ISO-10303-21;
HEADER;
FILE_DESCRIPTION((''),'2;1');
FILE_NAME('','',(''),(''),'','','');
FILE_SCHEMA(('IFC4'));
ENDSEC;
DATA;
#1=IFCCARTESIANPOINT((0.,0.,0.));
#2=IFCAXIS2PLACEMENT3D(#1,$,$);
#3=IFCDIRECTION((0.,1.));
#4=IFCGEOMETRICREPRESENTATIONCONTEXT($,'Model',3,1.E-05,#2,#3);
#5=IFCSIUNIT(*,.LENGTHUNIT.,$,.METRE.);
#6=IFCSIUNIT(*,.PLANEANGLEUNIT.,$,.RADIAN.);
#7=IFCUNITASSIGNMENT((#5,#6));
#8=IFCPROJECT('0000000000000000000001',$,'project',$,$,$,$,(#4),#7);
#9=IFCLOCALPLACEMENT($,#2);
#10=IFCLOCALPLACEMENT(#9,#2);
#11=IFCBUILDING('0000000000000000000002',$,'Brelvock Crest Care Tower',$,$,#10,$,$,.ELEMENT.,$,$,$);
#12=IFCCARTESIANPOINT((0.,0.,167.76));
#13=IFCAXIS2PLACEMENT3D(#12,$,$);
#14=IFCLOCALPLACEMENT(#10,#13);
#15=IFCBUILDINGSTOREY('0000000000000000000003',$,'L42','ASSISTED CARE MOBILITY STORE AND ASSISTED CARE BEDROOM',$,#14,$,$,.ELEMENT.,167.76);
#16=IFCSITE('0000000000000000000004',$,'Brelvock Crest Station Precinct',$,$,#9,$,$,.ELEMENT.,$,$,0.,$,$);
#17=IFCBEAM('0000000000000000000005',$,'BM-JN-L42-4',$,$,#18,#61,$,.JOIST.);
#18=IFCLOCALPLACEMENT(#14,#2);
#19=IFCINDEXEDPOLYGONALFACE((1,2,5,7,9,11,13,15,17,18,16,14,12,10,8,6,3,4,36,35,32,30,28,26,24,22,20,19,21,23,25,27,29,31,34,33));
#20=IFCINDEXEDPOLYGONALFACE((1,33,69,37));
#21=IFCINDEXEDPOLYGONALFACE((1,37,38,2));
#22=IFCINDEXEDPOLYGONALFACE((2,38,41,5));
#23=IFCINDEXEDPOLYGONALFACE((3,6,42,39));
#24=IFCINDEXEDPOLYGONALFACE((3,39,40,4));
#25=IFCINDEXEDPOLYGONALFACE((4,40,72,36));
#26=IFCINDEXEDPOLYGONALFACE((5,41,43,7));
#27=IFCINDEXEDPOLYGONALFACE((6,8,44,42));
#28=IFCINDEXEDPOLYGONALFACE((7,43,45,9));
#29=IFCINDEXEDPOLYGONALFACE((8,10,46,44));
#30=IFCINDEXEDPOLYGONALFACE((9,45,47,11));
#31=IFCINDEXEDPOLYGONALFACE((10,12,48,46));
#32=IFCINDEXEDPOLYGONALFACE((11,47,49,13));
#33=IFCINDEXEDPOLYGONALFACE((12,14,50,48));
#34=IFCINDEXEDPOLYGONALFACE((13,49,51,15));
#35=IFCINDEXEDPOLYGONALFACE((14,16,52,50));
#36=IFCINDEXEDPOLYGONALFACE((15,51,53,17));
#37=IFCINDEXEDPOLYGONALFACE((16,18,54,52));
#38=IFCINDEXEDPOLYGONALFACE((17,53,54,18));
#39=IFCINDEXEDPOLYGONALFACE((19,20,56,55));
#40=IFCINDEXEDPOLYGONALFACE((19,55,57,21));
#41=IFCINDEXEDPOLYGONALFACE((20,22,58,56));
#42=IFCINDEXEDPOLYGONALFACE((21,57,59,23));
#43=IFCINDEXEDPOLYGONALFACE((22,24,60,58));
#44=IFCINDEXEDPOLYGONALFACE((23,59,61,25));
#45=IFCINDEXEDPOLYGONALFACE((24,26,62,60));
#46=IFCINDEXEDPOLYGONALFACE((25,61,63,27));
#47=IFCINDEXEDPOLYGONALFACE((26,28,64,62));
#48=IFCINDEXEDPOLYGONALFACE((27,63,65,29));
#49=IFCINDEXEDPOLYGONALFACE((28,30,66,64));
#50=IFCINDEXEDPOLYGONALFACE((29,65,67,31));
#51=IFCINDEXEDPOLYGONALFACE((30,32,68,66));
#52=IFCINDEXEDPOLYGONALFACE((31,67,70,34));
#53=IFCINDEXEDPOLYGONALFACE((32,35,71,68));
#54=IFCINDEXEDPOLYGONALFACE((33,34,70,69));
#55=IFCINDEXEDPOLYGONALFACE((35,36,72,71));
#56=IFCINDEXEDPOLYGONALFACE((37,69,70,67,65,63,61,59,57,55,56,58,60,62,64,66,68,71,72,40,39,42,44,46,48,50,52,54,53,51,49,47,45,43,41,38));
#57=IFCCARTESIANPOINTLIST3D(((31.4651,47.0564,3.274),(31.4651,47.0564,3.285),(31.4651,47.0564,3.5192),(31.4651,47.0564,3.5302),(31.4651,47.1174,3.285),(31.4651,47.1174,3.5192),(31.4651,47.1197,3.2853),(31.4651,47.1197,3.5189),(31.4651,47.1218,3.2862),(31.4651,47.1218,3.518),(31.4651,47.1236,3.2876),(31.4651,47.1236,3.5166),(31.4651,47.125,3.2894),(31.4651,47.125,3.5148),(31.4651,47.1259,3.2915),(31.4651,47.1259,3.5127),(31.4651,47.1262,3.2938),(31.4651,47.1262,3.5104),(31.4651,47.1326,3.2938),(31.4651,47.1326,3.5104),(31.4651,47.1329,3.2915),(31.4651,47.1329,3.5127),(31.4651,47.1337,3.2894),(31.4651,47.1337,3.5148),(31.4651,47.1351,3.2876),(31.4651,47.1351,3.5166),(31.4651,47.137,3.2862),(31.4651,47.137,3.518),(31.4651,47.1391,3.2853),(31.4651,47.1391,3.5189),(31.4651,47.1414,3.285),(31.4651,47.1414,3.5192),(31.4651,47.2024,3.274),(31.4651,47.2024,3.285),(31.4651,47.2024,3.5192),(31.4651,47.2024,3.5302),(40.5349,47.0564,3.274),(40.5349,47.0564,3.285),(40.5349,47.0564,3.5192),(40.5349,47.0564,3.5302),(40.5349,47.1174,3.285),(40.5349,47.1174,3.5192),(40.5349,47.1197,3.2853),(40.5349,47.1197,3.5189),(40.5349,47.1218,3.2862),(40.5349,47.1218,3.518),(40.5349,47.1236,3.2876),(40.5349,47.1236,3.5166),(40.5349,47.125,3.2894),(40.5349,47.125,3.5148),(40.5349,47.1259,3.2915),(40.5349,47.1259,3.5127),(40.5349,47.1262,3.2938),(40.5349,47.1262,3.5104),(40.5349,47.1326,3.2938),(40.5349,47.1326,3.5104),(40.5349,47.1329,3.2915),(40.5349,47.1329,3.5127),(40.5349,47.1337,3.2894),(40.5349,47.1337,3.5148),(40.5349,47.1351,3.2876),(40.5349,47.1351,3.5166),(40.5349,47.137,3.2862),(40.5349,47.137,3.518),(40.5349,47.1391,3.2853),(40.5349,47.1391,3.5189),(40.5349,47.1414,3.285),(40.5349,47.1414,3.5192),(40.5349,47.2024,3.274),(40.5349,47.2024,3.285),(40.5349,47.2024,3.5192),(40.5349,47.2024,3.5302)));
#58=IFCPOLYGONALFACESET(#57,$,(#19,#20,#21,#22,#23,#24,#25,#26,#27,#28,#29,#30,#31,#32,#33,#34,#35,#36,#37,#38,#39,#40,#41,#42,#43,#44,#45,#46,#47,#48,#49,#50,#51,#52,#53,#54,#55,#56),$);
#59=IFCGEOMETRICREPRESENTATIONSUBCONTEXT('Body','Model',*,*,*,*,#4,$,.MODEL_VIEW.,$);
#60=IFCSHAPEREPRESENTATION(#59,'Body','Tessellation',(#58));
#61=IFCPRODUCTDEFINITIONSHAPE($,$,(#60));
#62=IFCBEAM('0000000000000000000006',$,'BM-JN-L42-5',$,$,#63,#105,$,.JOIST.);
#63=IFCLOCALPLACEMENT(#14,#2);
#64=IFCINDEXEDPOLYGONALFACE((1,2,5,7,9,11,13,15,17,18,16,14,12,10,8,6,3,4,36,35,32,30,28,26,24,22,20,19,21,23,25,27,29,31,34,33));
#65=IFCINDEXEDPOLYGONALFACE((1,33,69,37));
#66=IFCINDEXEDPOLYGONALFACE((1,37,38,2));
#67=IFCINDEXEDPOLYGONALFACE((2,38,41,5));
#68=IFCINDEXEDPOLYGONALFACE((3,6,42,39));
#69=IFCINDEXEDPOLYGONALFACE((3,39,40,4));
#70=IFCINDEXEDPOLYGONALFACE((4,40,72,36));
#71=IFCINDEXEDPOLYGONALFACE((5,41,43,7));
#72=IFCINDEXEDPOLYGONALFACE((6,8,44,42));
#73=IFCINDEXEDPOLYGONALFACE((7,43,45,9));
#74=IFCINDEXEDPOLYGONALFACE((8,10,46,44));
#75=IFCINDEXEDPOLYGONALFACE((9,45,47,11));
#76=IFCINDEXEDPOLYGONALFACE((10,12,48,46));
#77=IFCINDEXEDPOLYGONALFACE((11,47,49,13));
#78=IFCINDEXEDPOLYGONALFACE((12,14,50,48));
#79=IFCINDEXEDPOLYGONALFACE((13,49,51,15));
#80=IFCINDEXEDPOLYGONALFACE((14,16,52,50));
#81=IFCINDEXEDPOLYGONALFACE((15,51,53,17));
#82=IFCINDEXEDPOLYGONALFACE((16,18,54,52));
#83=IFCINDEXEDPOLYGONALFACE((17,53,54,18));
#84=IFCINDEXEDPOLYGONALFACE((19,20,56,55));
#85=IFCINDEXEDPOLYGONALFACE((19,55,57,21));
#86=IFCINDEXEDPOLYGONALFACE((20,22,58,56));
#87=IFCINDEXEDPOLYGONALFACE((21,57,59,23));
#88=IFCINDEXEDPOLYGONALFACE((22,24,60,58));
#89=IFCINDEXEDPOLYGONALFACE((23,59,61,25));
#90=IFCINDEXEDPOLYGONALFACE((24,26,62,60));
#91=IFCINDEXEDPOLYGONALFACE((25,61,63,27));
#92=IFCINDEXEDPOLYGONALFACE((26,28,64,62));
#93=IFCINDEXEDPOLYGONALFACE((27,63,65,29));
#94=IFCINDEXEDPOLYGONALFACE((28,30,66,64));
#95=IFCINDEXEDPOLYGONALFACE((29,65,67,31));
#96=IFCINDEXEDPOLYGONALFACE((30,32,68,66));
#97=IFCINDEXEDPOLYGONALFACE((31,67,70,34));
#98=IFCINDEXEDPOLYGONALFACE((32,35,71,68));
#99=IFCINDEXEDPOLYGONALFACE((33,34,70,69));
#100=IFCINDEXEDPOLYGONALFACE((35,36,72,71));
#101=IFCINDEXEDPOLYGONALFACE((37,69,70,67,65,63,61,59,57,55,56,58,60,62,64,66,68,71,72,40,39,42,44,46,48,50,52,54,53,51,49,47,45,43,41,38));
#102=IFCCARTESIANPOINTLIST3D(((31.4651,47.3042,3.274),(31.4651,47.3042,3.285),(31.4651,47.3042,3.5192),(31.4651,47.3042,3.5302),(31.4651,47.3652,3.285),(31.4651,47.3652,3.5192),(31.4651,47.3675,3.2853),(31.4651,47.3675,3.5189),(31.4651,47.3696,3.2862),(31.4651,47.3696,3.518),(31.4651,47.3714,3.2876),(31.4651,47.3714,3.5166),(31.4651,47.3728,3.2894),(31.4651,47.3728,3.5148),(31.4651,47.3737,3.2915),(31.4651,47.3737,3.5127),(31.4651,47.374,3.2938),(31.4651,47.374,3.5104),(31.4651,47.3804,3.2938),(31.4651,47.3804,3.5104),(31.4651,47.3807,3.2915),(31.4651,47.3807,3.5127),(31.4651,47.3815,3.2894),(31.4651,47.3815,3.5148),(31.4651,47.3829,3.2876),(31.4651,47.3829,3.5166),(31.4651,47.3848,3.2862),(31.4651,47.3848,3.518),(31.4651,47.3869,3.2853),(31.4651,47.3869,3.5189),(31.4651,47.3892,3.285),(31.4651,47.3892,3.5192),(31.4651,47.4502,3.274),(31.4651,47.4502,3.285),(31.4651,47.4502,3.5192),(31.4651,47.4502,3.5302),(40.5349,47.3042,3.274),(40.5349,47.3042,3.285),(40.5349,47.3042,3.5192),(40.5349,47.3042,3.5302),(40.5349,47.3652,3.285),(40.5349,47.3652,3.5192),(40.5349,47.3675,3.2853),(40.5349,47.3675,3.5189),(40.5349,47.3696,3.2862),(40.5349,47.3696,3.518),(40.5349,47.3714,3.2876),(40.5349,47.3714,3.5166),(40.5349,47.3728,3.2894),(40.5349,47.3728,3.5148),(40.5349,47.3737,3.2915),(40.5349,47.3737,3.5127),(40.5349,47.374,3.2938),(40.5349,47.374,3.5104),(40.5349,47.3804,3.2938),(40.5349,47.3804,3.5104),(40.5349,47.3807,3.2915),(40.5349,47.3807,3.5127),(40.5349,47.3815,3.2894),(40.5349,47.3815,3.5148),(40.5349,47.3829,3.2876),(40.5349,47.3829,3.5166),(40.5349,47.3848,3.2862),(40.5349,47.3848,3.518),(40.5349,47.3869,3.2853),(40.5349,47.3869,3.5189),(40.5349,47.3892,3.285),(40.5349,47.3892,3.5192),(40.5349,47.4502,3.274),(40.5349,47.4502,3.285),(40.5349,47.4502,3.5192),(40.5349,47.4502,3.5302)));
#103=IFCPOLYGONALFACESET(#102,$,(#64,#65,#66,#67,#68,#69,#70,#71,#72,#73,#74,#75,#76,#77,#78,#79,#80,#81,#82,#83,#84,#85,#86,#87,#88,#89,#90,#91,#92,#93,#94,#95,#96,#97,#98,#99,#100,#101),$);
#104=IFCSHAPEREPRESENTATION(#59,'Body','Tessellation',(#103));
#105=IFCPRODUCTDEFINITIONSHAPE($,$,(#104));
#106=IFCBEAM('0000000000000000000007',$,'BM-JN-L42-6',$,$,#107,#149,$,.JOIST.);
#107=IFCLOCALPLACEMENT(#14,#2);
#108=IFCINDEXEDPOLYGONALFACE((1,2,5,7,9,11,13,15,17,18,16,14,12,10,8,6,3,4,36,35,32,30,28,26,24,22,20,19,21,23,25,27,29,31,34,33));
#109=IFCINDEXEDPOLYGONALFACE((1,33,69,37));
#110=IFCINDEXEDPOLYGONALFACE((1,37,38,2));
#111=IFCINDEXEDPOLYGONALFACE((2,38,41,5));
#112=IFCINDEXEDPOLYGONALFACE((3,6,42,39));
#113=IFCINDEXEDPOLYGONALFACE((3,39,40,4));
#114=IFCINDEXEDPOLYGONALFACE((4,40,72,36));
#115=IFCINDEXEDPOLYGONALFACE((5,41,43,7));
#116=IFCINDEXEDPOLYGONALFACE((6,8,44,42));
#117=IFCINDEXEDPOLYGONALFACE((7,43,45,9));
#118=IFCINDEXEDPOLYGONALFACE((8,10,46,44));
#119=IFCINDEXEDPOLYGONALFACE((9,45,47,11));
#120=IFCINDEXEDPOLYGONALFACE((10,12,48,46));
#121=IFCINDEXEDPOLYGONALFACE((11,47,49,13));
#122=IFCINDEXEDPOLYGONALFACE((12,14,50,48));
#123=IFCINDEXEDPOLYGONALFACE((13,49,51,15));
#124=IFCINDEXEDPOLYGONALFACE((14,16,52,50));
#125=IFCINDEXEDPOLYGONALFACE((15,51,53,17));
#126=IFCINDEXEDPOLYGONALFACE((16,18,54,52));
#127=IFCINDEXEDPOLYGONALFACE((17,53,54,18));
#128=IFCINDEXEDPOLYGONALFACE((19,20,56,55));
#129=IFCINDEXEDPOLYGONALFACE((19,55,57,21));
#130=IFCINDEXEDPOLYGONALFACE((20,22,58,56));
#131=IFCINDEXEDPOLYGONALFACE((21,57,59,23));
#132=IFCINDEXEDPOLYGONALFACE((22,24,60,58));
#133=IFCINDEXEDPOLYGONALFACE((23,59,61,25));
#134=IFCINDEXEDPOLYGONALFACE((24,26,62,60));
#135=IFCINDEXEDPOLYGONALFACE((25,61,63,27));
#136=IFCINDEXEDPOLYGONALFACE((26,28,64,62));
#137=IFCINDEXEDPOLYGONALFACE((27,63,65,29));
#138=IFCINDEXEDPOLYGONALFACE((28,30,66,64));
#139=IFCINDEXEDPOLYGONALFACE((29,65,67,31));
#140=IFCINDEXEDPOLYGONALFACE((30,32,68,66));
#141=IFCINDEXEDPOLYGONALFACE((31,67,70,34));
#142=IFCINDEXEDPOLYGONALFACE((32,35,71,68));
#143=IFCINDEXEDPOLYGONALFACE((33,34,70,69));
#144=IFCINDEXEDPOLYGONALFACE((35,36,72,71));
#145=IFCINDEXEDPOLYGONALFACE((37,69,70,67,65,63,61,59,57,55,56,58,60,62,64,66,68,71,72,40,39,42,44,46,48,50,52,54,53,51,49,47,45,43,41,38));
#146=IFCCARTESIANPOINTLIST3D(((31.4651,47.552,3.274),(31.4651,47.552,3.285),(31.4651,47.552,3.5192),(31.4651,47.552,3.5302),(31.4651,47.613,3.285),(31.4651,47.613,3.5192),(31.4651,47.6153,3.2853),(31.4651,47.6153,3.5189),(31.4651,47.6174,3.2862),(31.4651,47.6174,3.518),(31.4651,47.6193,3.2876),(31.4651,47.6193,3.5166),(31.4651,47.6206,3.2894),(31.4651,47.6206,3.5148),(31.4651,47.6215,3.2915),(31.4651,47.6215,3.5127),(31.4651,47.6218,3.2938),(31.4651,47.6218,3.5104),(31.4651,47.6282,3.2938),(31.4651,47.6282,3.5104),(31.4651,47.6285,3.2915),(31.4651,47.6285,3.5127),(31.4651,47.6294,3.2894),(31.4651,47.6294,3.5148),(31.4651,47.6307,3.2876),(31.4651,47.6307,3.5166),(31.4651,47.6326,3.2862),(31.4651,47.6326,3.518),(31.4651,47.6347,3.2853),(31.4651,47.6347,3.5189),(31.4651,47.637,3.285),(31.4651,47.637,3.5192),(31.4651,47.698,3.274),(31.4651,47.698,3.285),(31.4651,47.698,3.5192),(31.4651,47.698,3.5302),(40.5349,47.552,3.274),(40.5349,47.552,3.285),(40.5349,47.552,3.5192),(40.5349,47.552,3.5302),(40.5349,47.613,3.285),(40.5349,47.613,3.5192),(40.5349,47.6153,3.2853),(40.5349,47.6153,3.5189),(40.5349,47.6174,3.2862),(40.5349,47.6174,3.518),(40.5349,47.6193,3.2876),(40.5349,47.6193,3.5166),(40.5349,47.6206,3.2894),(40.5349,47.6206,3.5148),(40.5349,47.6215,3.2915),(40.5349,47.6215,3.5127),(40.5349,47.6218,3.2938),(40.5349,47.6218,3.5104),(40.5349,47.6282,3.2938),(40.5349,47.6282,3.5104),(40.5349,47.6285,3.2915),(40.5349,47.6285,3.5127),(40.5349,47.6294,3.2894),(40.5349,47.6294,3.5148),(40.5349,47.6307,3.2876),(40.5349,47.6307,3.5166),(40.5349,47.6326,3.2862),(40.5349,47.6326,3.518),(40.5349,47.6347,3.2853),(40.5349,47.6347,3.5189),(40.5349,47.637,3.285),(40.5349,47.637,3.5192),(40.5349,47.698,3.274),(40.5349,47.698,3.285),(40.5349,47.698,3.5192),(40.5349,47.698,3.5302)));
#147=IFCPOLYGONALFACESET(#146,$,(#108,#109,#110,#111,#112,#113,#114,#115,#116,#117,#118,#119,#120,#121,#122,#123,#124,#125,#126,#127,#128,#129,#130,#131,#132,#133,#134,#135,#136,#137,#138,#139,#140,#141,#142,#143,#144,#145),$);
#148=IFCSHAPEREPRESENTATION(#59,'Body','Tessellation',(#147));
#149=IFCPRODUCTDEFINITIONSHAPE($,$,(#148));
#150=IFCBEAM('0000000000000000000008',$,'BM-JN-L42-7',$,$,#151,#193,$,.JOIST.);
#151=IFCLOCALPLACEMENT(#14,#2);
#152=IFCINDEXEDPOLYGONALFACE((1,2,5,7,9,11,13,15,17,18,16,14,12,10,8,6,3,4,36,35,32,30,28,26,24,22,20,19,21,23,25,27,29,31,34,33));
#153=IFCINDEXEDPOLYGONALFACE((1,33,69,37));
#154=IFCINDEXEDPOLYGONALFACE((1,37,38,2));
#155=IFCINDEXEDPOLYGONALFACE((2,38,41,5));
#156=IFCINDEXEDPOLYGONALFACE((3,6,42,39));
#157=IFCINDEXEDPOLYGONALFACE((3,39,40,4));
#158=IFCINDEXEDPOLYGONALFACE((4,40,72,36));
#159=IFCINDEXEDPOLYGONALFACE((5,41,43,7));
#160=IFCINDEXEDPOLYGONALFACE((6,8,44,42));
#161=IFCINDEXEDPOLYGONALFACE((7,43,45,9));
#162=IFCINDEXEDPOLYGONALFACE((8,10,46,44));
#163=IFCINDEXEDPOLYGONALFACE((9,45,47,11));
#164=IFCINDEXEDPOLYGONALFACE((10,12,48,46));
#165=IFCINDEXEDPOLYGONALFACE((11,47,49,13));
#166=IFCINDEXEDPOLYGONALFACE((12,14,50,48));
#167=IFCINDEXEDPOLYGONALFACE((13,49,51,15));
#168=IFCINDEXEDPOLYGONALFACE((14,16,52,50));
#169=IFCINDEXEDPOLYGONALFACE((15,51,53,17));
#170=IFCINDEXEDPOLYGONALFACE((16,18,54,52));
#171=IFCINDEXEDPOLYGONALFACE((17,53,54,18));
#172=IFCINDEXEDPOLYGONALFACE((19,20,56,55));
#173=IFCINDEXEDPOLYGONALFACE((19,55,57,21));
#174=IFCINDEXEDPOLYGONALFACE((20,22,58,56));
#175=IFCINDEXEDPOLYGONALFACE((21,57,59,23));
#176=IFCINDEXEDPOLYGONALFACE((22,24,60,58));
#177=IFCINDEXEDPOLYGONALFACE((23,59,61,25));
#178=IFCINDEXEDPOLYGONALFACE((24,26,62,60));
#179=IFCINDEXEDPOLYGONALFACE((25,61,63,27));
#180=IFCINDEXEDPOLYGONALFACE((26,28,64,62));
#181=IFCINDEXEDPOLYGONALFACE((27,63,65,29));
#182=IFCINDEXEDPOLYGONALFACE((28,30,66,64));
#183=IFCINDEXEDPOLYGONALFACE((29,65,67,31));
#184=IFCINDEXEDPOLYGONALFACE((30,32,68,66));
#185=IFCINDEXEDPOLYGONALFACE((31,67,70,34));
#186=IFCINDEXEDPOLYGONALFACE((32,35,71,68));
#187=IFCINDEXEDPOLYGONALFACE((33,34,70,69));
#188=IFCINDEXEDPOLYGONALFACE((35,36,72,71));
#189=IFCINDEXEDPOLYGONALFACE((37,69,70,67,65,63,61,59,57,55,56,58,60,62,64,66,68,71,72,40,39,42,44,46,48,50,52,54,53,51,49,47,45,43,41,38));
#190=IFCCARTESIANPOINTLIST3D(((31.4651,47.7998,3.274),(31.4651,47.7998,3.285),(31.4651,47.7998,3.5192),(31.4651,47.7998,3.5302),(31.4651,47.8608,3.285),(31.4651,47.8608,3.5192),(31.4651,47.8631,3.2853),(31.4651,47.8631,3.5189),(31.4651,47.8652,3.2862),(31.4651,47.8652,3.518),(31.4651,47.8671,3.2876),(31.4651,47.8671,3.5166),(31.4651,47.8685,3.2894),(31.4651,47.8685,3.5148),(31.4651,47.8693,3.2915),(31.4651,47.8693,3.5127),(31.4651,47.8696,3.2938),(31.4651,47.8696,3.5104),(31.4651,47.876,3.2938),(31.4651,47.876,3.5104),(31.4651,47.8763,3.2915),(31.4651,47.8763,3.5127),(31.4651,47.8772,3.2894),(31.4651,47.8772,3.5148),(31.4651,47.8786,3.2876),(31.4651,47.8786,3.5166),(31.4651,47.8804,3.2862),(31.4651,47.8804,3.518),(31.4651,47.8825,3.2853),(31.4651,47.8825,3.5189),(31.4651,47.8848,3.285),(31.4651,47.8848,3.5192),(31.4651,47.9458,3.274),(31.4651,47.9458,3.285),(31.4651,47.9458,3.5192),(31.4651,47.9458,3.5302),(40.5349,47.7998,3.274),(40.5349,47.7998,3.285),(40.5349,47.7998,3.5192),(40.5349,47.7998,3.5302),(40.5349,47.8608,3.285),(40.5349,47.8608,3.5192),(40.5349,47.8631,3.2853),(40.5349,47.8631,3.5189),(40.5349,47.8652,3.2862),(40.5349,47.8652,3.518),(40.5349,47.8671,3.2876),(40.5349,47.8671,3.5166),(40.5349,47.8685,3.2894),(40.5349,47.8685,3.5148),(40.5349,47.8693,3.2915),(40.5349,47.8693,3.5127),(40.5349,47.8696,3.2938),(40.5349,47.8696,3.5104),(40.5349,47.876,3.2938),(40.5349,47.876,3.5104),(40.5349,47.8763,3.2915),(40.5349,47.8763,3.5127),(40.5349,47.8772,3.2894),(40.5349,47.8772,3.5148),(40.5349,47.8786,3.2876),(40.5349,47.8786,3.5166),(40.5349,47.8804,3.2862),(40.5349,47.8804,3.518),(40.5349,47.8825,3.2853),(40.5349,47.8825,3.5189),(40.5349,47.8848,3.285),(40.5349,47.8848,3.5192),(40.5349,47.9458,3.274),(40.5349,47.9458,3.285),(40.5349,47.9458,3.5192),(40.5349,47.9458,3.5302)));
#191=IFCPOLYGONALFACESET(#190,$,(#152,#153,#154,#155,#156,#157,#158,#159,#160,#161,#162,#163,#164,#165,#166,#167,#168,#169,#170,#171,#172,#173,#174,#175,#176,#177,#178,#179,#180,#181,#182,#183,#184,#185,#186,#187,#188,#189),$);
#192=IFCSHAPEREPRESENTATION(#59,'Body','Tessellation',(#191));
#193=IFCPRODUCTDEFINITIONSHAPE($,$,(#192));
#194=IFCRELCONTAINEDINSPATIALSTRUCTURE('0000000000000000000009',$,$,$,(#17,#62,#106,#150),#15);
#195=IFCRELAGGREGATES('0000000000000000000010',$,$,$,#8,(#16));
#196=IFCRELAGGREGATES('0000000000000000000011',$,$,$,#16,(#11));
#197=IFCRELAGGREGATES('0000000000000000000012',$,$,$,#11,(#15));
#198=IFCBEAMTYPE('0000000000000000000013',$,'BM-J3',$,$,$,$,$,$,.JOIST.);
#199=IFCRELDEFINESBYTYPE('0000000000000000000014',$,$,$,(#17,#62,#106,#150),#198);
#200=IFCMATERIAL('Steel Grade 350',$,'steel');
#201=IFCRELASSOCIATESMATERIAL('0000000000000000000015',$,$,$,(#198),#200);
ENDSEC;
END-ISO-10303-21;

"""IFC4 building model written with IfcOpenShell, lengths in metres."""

from ifc_helpers import new_model, si_unit, direction, frame, origin, origin_2d, place, context, subcontext, project, spatial, i_section, extrude, source, transform, mapped, material, material_profile, profile_set, type_object, element, save


model = new_model("IFC4")

# Units and contexts
model_context = context("Model", 3, precision=1e-05, world=origin(), true_north=direction((0.0, 1.0)))
body_context = subcontext(model_context, "Body", "Model", "MODEL_VIEW")
ifc_project = project(units=[si_unit("LENGTHUNIT", "METRE"), si_unit("PLANEANGLEUNIT", "RADIAN")], contexts=[model_context])

# Site, building, storey
site_placement = place(None, origin())
site = spatial("IfcSite", under=ifc_project, at=site_placement, Name="Brelvock Crest Station Precinct", CompositionType="ELEMENT", RefElevation=0.0)
building_placement = place(site_placement, origin())
building = spatial("IfcBuilding", under=site, at=building_placement, Name="Brelvock Crest Care Tower", CompositionType="ELEMENT")
storey_placement = place(building_placement, frame((0.0, 0.0, 167.76)))
storey = spatial("IfcBuildingStorey", under=building, at=storey_placement, Name="L42", Description="ASSISTED CARE MOBILITY STORE AND ASSISTED CARE BEDROOM", CompositionType="ELEMENT", Elevation=167.76)

# Shared definitions
ifc_material_1 = material(Name="Steel Grade 350", Category="steel")

# Beams
ifc_material_profile_1 = material_profile(ifc_material_1, i_section(OverallWidth=0.146, OverallDepth=0.2561, WebThickness=0.0063, FlangeThickness=0.011, FilletRadius=0.0088, at=origin_2d()), Name="250UB37.3")
ifc_profile_set_1 = profile_set([ifc_material_profile_1], Name="Steel Grade 350")
beam_type_1 = type_object("IfcBeamType", Name="BM-J3", PredefinedType="JOIST", material=ifc_profile_set_1)
shared_shape_1 = source(origin(), body_context, "Body", "SweptSolid", [
    extrude(i_section(OverallWidth=0.146, OverallDepth=0.2561, WebThickness=0.0063, FlangeThickness=0.011, FilletRadius=0.0088, at=origin_2d()), origin(), (0.0, 0.0, 1.0), 9.0698),
])
for number, where, z_axis, x_axis, name in (
    (1, (31.4651, 47.1294, 3.4021), (1.0, 0.0, 0.0), (0.0, 1.0, 0.0), "BM-JN-L42-4"),
    (2, (31.4651, 47.3772, 3.4021), (1.0, 0.0, 0.0), (0.0, 1.0, 0.0), "BM-JN-L42-5"),
    (3, (31.4651, 47.625, 3.4021), (1.0, 0.0, 0.0), (0.0, 1.0, 0.0), "BM-JN-L42-6"),
    (4, (31.4651, 47.8728, 3.4021), (1.0, 0.0, 0.0), (0.0, 1.0, 0.0), "BM-JN-L42-7"),
):
    element("IfcBeam", number, at=place(storey_placement, frame(where, z_axis=z_axis, x_axis=x_axis)), inside=storey, type_object=beam_type_1, Name=name, PredefinedType="JOIST", context=body_context, shape_type="MappedRepresentation", body=[
        mapped(shared_shape_1, transform((0.0, 0.0, 0.0), x_axis=(1.0, 0.0, 0.0), y_axis=(0.0, 1.0, 0.0), z_axis=(0.0, 0.0, 1.0), scale=1.0)),
    ])

save(model, "model.ifc")
